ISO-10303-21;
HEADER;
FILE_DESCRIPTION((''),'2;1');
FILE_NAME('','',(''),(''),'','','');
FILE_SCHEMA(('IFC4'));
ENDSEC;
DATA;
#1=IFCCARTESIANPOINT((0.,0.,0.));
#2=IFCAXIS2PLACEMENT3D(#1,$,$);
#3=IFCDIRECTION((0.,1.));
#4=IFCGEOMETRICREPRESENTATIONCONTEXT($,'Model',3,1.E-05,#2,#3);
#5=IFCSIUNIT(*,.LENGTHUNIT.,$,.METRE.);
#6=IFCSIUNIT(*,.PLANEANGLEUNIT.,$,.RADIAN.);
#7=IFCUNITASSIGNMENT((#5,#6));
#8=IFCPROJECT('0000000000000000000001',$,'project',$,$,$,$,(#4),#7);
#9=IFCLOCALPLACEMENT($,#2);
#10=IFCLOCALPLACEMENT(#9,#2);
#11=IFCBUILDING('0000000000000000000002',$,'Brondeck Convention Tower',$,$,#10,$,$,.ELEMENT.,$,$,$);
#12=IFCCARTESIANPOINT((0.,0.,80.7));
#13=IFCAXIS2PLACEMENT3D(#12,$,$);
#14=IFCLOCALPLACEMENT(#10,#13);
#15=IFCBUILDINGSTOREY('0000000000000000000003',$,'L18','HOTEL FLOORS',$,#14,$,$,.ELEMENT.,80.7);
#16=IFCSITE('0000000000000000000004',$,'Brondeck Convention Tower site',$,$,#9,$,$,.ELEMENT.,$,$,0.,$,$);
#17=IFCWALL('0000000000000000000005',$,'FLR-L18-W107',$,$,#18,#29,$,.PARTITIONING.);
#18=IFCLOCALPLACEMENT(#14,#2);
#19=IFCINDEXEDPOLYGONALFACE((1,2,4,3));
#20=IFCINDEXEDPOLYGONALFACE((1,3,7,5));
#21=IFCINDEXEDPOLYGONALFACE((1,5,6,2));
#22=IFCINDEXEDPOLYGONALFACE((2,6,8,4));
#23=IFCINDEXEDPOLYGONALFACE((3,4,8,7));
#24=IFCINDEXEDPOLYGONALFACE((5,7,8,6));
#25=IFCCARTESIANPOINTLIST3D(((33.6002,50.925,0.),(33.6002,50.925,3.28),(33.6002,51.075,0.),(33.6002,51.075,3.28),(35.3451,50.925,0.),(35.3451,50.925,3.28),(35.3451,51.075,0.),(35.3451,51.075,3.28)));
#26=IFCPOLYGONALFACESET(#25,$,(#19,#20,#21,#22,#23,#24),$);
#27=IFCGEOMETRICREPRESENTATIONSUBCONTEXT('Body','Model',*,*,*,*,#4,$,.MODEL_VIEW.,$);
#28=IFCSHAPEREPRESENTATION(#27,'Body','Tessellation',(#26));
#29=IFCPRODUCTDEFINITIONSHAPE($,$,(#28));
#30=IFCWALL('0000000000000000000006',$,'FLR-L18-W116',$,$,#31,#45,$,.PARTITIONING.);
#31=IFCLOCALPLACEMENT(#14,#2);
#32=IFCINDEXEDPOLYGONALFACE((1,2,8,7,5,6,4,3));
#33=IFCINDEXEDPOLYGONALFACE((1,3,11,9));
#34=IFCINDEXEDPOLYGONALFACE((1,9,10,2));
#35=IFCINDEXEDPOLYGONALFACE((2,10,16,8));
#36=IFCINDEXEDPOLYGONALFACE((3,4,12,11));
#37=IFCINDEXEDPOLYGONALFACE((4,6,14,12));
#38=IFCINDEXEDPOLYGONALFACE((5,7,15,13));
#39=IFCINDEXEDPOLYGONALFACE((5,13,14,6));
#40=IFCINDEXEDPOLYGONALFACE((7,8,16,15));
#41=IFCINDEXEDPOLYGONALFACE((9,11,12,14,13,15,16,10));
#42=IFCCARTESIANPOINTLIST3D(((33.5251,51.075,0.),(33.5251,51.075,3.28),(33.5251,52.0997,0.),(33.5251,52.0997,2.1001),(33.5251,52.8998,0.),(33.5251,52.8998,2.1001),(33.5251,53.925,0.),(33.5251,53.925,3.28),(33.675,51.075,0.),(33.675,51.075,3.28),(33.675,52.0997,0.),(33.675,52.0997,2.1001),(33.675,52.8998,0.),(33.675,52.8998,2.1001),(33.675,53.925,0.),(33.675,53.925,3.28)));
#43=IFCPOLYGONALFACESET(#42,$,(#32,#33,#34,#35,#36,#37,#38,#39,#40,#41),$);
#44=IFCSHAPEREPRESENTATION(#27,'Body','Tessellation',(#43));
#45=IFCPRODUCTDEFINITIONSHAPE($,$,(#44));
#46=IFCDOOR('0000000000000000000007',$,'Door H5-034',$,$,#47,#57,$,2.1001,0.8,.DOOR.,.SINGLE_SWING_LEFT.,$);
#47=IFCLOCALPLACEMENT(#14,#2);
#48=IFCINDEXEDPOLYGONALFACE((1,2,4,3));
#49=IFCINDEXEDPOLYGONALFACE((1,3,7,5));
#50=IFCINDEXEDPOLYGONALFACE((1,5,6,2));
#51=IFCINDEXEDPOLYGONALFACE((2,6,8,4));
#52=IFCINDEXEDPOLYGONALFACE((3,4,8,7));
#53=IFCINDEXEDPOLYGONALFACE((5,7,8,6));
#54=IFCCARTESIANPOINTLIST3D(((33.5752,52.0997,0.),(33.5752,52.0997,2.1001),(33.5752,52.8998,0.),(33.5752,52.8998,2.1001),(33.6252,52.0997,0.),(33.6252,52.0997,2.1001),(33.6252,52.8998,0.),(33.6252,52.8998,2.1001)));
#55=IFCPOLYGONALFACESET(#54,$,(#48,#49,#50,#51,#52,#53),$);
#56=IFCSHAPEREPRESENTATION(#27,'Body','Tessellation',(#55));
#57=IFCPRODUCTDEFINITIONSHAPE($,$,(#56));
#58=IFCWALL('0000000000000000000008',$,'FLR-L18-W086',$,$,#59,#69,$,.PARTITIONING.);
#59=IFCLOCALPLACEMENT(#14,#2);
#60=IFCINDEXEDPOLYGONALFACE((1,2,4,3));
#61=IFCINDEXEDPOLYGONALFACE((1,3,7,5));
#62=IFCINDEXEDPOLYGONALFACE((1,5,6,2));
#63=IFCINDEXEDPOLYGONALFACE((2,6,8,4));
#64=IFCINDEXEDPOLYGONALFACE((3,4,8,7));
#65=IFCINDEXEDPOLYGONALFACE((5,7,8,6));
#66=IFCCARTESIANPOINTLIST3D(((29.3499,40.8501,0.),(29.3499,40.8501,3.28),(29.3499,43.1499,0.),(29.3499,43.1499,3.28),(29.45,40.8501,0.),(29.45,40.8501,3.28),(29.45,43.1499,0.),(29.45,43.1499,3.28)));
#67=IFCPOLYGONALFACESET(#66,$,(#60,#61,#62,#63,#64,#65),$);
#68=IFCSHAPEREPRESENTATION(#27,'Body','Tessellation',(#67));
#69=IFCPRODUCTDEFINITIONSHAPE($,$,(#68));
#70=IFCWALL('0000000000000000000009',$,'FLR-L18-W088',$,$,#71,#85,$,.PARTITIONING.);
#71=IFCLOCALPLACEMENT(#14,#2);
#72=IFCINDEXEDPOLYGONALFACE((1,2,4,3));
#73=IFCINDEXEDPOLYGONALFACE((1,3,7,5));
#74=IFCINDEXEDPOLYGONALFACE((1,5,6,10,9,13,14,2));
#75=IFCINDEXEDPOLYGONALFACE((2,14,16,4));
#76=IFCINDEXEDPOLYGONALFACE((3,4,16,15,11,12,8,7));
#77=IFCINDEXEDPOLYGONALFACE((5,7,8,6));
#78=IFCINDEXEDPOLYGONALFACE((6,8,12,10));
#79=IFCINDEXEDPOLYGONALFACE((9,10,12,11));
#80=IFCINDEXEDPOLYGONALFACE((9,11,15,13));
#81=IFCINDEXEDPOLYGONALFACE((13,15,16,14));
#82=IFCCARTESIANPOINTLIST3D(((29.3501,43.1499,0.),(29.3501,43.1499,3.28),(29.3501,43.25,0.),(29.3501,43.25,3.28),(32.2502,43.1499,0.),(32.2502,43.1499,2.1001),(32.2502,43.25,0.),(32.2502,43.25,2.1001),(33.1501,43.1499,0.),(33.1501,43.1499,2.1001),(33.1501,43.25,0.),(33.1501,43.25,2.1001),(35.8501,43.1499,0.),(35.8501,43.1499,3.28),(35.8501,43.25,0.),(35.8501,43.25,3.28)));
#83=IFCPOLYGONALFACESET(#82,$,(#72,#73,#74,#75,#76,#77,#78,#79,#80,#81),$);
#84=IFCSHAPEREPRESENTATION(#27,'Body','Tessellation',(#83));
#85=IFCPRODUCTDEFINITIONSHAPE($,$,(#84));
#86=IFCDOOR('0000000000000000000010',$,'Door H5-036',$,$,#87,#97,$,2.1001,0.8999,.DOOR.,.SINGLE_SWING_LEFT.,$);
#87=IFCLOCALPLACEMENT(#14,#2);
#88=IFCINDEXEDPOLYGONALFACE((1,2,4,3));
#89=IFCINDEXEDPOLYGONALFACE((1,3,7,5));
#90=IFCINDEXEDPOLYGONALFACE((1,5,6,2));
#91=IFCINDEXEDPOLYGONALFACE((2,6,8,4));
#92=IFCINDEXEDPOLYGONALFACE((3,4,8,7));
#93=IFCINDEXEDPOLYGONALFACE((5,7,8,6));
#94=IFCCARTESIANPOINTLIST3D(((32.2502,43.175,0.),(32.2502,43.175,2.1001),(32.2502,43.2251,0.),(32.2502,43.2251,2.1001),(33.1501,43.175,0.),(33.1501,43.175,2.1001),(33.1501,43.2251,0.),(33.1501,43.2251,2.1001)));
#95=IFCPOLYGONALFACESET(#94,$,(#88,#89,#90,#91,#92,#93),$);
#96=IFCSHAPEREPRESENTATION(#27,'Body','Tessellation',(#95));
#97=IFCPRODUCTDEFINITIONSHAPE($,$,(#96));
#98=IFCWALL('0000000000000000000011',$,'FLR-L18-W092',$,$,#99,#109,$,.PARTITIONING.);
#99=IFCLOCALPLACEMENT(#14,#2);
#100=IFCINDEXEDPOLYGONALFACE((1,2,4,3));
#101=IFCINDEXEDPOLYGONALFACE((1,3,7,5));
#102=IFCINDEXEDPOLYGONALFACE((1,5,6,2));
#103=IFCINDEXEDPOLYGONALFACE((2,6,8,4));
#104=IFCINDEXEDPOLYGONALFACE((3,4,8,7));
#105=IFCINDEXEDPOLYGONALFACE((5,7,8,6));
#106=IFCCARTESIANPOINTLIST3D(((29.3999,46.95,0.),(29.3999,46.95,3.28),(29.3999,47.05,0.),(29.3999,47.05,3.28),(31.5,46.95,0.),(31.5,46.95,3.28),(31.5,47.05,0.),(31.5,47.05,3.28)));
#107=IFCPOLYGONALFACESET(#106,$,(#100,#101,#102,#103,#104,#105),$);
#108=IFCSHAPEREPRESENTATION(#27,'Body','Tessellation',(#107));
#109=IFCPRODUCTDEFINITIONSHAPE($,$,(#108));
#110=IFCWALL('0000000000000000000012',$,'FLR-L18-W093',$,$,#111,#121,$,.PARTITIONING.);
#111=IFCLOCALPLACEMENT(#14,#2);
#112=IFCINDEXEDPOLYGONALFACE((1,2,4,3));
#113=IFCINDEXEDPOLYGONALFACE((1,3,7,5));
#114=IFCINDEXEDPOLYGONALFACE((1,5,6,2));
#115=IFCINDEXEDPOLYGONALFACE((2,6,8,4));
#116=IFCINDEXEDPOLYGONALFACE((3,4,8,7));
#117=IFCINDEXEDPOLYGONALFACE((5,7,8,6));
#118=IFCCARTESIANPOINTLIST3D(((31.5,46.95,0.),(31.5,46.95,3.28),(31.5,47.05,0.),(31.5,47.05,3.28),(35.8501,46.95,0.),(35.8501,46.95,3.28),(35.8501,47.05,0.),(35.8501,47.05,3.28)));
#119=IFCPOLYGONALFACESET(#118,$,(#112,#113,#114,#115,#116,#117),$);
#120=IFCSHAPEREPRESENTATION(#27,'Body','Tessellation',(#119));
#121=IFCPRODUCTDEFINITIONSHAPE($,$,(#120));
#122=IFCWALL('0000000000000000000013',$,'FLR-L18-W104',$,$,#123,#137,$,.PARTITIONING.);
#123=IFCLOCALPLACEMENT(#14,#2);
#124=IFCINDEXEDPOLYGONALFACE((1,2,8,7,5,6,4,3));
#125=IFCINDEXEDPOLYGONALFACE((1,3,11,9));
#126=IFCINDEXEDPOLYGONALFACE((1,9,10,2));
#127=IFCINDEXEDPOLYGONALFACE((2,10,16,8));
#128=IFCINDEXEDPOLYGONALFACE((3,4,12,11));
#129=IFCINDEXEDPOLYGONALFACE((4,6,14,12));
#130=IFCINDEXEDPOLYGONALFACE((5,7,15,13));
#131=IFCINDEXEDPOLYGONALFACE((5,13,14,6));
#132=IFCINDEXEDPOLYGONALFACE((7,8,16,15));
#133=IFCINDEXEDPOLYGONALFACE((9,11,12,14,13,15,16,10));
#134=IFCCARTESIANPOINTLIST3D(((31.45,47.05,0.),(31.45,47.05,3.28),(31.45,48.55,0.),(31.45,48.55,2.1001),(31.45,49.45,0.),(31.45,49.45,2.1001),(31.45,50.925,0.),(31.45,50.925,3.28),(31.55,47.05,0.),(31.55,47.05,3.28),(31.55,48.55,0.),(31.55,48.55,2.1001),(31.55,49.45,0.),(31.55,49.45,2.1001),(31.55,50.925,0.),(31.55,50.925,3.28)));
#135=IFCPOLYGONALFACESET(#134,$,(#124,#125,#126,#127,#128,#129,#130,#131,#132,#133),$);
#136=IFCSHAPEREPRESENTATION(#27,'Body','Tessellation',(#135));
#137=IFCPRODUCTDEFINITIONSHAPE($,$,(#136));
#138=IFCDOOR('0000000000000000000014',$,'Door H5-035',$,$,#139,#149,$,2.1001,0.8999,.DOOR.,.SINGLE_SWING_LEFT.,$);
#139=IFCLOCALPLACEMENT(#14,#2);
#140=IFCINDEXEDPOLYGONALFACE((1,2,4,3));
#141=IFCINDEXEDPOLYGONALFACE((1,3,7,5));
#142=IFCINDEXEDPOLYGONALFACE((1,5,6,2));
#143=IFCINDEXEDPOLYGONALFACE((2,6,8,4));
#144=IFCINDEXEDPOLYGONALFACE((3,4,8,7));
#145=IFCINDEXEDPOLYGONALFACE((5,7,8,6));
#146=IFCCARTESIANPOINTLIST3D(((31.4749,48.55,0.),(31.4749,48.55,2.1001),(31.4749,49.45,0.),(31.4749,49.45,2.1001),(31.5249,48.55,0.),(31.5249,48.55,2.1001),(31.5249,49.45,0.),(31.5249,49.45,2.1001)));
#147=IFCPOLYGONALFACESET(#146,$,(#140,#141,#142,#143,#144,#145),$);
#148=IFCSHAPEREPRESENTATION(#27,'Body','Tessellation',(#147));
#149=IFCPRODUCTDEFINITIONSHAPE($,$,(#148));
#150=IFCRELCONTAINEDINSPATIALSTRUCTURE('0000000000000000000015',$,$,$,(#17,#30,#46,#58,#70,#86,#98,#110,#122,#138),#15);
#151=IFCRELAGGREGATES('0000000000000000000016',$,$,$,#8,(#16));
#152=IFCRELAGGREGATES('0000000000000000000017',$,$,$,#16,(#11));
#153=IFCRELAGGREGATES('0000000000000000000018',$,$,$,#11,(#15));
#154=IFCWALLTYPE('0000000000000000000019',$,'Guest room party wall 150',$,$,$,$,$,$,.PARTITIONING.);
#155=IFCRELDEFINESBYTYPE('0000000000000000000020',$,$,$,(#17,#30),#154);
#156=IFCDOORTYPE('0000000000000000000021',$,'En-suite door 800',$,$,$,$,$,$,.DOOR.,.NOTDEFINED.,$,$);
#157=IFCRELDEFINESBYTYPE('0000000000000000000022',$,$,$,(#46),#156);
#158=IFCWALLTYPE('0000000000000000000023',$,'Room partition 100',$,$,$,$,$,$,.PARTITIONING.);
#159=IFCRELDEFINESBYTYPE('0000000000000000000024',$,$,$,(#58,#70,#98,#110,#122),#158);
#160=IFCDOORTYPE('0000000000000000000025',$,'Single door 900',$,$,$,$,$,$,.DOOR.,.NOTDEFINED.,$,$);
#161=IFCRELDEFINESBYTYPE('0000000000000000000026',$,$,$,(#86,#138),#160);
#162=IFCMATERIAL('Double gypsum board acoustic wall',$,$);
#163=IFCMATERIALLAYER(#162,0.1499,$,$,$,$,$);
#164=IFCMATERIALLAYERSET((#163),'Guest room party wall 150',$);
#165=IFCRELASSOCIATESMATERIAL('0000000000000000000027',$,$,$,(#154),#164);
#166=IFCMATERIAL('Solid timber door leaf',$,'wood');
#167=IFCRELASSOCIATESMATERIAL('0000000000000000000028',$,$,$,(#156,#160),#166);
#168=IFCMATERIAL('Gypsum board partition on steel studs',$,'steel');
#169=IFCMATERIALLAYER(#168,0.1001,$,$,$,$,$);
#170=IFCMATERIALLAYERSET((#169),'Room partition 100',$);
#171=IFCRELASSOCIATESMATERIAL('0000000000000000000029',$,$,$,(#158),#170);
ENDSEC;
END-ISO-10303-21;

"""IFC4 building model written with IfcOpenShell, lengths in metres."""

from ifc_helpers import new_model, si_unit, direction, frame, frame_2d, origin, place, context, subcontext, project, spatial, rectangle, extrude, material, layer, layer_set, type_object, element, fill, save


model = new_model("IFC4")

# Units and contexts
model_context = context("Model", 3, precision=1e-05, world=origin(), true_north=direction((0.0, 1.0)))
body_context = subcontext(model_context, "Body", "Model", "MODEL_VIEW")
ifc_project = project(units=[si_unit("LENGTHUNIT", "METRE"), si_unit("PLANEANGLEUNIT", "RADIAN")], contexts=[model_context])

# Site, building, storey
site_placement = place(None, origin())
site = spatial("IfcSite", under=ifc_project, at=site_placement, Name="Brondeck Convention Tower site", CompositionType="ELEMENT", RefElevation=0.0)
building_placement = place(site_placement, origin())
building = spatial("IfcBuilding", under=site, at=building_placement, Name="Brondeck Convention Tower", CompositionType="ELEMENT")
storey_placement = place(building_placement, frame((0.0, 0.0, 80.7)))
storey = spatial("IfcBuildingStorey", under=building, at=storey_placement, Name="L18", Description="HOTEL FLOORS", CompositionType="ELEMENT", Elevation=80.7)

# Wall
ifc_material_1 = material(Name="Double gypsum board acoustic wall")
ifc_layer_1 = layer(ifc_material_1, 0.1499)
ifc_layer_set_1 = layer_set([ifc_layer_1], Name="Guest room party wall 150")
wall_type_1 = type_object("IfcWallType", Name="Guest room party wall 150", PredefinedType="PARTITIONING", material=ifc_layer_set_1)
wall_1_placement = place(storey_placement, frame((33.6001, 51.0, 0.0), z_axis=(0.0, 0.0, 1.0), x_axis=(1.0, 0.0, 0.0)))
element("IfcWall", 1, at=wall_1_placement, inside=storey, type_object=wall_type_1, Name="FLR-L18-W107", PredefinedType="PARTITIONING", context=body_context, shape_type="SweptSolid", body=[
    extrude(rectangle(XDim=1.7449, YDim=0.1499, at=frame_2d((0.8726, 0.0))), origin(), (0.0, 0.0, 1.0), 3.28),
])

# Wall, opening, door
wall_2_placement = place(storey_placement, frame((33.6001, 51.075, 0.0), z_axis=(0.0, 0.0, 1.0), x_axis=(0.0, 1.0, 0.0)))
wall_2 = element("IfcWall", 2, at=wall_2_placement, inside=storey, type_object=wall_type_1, Name="FLR-L18-W116", PredefinedType="PARTITIONING", context=body_context, shape_type="SweptSolid", body=[
    extrude(rectangle(XDim=2.8501, YDim=0.1499, at=frame_2d((1.425, 0.0))), origin(), (0.0, 0.0, 1.0), 3.28),
])
opening_1_placement = place(wall_2_placement, frame((1.0249, 0.0, 0.0)))
opening_1 = element("IfcOpeningElement", 3, at=opening_1_placement, cuts=wall_2, PredefinedType="OPENING", context=body_context, shape_type="SweptSolid", body=[
    extrude(rectangle(XDim=0.8, YDim=2.1001, at=frame_2d((0.3999, 1.05))), frame((0.0, 0.085, 0.0), z_axis=(0.0, -1.0, 0.0), x_axis=(1.0, 0.0, 0.0)), (0.0, 0.0, 1.0), 0.1699),
])
ifc_material_2 = material(Name="Solid timber door leaf", Category="wood")
door_type_1 = type_object("IfcDoorType", Name="En-suite door 800", OperationType="NOTDEFINED", PredefinedType="DOOR", material=ifc_material_2)
door_1_placement = place(opening_1_placement, origin())
door_1 = element("IfcDoor", 4, at=door_1_placement, inside=storey, type_object=door_type_1, Name="Door H5-034", OperationType="SINGLE_SWING_LEFT", OverallHeight=2.1001, OverallWidth=0.8, PredefinedType="DOOR", context=body_context, shape_type="SweptSolid", body=[
    extrude(rectangle(XDim=0.8, YDim=2.1001, at=frame_2d((0.3999, 1.05))), frame((0.0, 0.0249, 0.0), z_axis=(0.0, -1.0, 0.0), x_axis=(1.0, 0.0, 0.0)), (0.0, 0.0, 1.0), 0.05),
])
fill(opening_1, door_1)

# Wall
ifc_material_3 = material(Name="Gypsum board partition on steel studs", Category="steel")
ifc_layer_2 = layer(ifc_material_3, 0.1001)
ifc_layer_set_2 = layer_set([ifc_layer_2], Name="Room partition 100")
wall_type_2 = type_object("IfcWallType", Name="Room partition 100", PredefinedType="PARTITIONING", material=ifc_layer_set_2)
wall_3_placement = place(storey_placement, frame((29.3999, 43.1499, 0.0), z_axis=(0.0, 0.0, 1.0), x_axis=(0.0, -1.0, 0.0)))
element("IfcWall", 5, at=wall_3_placement, inside=storey, type_object=wall_type_2, Name="FLR-L18-W086", PredefinedType="PARTITIONING", context=body_context, shape_type="SweptSolid", body=[
    extrude(rectangle(XDim=2.2998, YDim=0.1001, at=frame_2d((1.1499, 0.0))), origin(), (0.0, 0.0, 1.0), 3.28),
])

# Wall, opening, door
wall_4_placement = place(storey_placement, frame((35.8501, 43.2, 0.0), z_axis=(0.0, 0.0, 1.0), x_axis=(-1.0, 0.0, 0.0)))
wall_4 = element("IfcWall", 6, at=wall_4_placement, inside=storey, type_object=wall_type_2, Name="FLR-L18-W088", PredefinedType="PARTITIONING", context=body_context, shape_type="SweptSolid", body=[
    extrude(rectangle(XDim=6.5, YDim=0.1001, at=frame_2d((3.25, 0.0))), origin(), (0.0, 0.0, 1.0), 3.28),
])
opening_2_placement = place(wall_4_placement, frame((2.7, 0.0, 0.0)))
opening_2 = element("IfcOpeningElement", 7, at=opening_2_placement, cuts=wall_4, PredefinedType="OPENING", context=body_context, shape_type="SweptSolid", body=[
    extrude(rectangle(XDim=0.8999, YDim=2.1001, at=frame_2d((0.45, 1.05))), frame((0.0, 0.0601, 0.0), z_axis=(0.0, -1.0, 0.0), x_axis=(1.0, 0.0, 0.0)), (0.0, 0.0, 1.0), 0.1201),
])
door_type_2 = type_object("IfcDoorType", Name="Single door 900", OperationType="NOTDEFINED", PredefinedType="DOOR", material=ifc_material_2)
door_2_placement = place(opening_2_placement, origin())
door_2 = element("IfcDoor", 8, at=door_2_placement, inside=storey, type_object=door_type_2, Name="Door H5-036", OperationType="SINGLE_SWING_LEFT", OverallHeight=2.1001, OverallWidth=0.8999, PredefinedType="DOOR", context=body_context, shape_type="SweptSolid", body=[
    extrude(rectangle(XDim=0.8999, YDim=2.1001, at=frame_2d((0.45, 1.05))), frame((0.0, 0.0249, 0.0), z_axis=(0.0, -1.0, 0.0), x_axis=(1.0, 0.0, 0.0)), (0.0, 0.0, 1.0), 0.05),
])
fill(opening_2, door_2)

# Walls
wall_5_placement = place(storey_placement, frame((29.3999, 47.0, 0.0), z_axis=(0.0, 0.0, 1.0), x_axis=(1.0, 0.0, 0.0)))
element("IfcWall", 9, at=wall_5_placement, inside=storey, type_object=wall_type_2, Name="FLR-L18-W092", PredefinedType="PARTITIONING", context=body_context, shape_type="SweptSolid", body=[
    extrude(rectangle(XDim=2.1001, YDim=0.1001, at=frame_2d((1.05, 0.0))), origin(), (0.0, 0.0, 1.0), 3.28),
])
wall_6_placement = place(storey_placement, frame((31.5, 47.0, 0.0), z_axis=(0.0, 0.0, 1.0), x_axis=(1.0, 0.0, 0.0)))
element("IfcWall", 10, at=wall_6_placement, inside=storey, type_object=wall_type_2, Name="FLR-L18-W093", PredefinedType="PARTITIONING", context=body_context, shape_type="SweptSolid", body=[
    extrude(rectangle(XDim=4.3501, YDim=0.1001, at=frame_2d((2.175, 0.0))), origin(), (0.0, 0.0, 1.0), 3.28),
])

# Wall, opening, door
wall_7_placement = place(storey_placement, frame((31.5, 50.925, 0.0), z_axis=(0.0, 0.0, 1.0), x_axis=(0.0, -1.0, 0.0)))
wall_7 = element("IfcWall", 11, at=wall_7_placement, inside=storey, type_object=wall_type_2, Name="FLR-L18-W104", PredefinedType="PARTITIONING", context=body_context, shape_type="SweptSolid", body=[
    extrude(rectangle(XDim=3.875, YDim=0.1001, at=frame_2d((1.9375, 0.0))), origin(), (0.0, 0.0, 1.0), 3.28),
])
opening_3_placement = place(wall_7_placement, frame((1.4751, 0.0, 0.0)))
opening_3 = element("IfcOpeningElement", 12, at=opening_3_placement, cuts=wall_7, PredefinedType="OPENING", context=body_context, shape_type="SweptSolid", body=[
    extrude(rectangle(XDim=0.8999, YDim=2.1001, at=frame_2d((0.45, 1.05))), frame((0.0, 0.0601, 0.0), z_axis=(0.0, -1.0, 0.0), x_axis=(1.0, 0.0, 0.0)), (0.0, 0.0, 1.0), 0.1201),
])
door_3_placement = place(opening_3_placement, origin())
door_3 = element("IfcDoor", 13, at=door_3_placement, inside=storey, type_object=door_type_2, Name="Door H5-035", OperationType="SINGLE_SWING_LEFT", OverallHeight=2.1001, OverallWidth=0.8999, PredefinedType="DOOR", context=body_context, shape_type="SweptSolid", body=[
    extrude(rectangle(XDim=0.8999, YDim=2.1001, at=frame_2d((0.45, 1.05))), frame((0.0, 0.0249, 0.0), z_axis=(0.0, -1.0, 0.0), x_axis=(1.0, 0.0, 0.0)), (0.0, 0.0, 1.0), 0.05),
])
fill(opening_3, door_3)

save(model, "model.ifc")
